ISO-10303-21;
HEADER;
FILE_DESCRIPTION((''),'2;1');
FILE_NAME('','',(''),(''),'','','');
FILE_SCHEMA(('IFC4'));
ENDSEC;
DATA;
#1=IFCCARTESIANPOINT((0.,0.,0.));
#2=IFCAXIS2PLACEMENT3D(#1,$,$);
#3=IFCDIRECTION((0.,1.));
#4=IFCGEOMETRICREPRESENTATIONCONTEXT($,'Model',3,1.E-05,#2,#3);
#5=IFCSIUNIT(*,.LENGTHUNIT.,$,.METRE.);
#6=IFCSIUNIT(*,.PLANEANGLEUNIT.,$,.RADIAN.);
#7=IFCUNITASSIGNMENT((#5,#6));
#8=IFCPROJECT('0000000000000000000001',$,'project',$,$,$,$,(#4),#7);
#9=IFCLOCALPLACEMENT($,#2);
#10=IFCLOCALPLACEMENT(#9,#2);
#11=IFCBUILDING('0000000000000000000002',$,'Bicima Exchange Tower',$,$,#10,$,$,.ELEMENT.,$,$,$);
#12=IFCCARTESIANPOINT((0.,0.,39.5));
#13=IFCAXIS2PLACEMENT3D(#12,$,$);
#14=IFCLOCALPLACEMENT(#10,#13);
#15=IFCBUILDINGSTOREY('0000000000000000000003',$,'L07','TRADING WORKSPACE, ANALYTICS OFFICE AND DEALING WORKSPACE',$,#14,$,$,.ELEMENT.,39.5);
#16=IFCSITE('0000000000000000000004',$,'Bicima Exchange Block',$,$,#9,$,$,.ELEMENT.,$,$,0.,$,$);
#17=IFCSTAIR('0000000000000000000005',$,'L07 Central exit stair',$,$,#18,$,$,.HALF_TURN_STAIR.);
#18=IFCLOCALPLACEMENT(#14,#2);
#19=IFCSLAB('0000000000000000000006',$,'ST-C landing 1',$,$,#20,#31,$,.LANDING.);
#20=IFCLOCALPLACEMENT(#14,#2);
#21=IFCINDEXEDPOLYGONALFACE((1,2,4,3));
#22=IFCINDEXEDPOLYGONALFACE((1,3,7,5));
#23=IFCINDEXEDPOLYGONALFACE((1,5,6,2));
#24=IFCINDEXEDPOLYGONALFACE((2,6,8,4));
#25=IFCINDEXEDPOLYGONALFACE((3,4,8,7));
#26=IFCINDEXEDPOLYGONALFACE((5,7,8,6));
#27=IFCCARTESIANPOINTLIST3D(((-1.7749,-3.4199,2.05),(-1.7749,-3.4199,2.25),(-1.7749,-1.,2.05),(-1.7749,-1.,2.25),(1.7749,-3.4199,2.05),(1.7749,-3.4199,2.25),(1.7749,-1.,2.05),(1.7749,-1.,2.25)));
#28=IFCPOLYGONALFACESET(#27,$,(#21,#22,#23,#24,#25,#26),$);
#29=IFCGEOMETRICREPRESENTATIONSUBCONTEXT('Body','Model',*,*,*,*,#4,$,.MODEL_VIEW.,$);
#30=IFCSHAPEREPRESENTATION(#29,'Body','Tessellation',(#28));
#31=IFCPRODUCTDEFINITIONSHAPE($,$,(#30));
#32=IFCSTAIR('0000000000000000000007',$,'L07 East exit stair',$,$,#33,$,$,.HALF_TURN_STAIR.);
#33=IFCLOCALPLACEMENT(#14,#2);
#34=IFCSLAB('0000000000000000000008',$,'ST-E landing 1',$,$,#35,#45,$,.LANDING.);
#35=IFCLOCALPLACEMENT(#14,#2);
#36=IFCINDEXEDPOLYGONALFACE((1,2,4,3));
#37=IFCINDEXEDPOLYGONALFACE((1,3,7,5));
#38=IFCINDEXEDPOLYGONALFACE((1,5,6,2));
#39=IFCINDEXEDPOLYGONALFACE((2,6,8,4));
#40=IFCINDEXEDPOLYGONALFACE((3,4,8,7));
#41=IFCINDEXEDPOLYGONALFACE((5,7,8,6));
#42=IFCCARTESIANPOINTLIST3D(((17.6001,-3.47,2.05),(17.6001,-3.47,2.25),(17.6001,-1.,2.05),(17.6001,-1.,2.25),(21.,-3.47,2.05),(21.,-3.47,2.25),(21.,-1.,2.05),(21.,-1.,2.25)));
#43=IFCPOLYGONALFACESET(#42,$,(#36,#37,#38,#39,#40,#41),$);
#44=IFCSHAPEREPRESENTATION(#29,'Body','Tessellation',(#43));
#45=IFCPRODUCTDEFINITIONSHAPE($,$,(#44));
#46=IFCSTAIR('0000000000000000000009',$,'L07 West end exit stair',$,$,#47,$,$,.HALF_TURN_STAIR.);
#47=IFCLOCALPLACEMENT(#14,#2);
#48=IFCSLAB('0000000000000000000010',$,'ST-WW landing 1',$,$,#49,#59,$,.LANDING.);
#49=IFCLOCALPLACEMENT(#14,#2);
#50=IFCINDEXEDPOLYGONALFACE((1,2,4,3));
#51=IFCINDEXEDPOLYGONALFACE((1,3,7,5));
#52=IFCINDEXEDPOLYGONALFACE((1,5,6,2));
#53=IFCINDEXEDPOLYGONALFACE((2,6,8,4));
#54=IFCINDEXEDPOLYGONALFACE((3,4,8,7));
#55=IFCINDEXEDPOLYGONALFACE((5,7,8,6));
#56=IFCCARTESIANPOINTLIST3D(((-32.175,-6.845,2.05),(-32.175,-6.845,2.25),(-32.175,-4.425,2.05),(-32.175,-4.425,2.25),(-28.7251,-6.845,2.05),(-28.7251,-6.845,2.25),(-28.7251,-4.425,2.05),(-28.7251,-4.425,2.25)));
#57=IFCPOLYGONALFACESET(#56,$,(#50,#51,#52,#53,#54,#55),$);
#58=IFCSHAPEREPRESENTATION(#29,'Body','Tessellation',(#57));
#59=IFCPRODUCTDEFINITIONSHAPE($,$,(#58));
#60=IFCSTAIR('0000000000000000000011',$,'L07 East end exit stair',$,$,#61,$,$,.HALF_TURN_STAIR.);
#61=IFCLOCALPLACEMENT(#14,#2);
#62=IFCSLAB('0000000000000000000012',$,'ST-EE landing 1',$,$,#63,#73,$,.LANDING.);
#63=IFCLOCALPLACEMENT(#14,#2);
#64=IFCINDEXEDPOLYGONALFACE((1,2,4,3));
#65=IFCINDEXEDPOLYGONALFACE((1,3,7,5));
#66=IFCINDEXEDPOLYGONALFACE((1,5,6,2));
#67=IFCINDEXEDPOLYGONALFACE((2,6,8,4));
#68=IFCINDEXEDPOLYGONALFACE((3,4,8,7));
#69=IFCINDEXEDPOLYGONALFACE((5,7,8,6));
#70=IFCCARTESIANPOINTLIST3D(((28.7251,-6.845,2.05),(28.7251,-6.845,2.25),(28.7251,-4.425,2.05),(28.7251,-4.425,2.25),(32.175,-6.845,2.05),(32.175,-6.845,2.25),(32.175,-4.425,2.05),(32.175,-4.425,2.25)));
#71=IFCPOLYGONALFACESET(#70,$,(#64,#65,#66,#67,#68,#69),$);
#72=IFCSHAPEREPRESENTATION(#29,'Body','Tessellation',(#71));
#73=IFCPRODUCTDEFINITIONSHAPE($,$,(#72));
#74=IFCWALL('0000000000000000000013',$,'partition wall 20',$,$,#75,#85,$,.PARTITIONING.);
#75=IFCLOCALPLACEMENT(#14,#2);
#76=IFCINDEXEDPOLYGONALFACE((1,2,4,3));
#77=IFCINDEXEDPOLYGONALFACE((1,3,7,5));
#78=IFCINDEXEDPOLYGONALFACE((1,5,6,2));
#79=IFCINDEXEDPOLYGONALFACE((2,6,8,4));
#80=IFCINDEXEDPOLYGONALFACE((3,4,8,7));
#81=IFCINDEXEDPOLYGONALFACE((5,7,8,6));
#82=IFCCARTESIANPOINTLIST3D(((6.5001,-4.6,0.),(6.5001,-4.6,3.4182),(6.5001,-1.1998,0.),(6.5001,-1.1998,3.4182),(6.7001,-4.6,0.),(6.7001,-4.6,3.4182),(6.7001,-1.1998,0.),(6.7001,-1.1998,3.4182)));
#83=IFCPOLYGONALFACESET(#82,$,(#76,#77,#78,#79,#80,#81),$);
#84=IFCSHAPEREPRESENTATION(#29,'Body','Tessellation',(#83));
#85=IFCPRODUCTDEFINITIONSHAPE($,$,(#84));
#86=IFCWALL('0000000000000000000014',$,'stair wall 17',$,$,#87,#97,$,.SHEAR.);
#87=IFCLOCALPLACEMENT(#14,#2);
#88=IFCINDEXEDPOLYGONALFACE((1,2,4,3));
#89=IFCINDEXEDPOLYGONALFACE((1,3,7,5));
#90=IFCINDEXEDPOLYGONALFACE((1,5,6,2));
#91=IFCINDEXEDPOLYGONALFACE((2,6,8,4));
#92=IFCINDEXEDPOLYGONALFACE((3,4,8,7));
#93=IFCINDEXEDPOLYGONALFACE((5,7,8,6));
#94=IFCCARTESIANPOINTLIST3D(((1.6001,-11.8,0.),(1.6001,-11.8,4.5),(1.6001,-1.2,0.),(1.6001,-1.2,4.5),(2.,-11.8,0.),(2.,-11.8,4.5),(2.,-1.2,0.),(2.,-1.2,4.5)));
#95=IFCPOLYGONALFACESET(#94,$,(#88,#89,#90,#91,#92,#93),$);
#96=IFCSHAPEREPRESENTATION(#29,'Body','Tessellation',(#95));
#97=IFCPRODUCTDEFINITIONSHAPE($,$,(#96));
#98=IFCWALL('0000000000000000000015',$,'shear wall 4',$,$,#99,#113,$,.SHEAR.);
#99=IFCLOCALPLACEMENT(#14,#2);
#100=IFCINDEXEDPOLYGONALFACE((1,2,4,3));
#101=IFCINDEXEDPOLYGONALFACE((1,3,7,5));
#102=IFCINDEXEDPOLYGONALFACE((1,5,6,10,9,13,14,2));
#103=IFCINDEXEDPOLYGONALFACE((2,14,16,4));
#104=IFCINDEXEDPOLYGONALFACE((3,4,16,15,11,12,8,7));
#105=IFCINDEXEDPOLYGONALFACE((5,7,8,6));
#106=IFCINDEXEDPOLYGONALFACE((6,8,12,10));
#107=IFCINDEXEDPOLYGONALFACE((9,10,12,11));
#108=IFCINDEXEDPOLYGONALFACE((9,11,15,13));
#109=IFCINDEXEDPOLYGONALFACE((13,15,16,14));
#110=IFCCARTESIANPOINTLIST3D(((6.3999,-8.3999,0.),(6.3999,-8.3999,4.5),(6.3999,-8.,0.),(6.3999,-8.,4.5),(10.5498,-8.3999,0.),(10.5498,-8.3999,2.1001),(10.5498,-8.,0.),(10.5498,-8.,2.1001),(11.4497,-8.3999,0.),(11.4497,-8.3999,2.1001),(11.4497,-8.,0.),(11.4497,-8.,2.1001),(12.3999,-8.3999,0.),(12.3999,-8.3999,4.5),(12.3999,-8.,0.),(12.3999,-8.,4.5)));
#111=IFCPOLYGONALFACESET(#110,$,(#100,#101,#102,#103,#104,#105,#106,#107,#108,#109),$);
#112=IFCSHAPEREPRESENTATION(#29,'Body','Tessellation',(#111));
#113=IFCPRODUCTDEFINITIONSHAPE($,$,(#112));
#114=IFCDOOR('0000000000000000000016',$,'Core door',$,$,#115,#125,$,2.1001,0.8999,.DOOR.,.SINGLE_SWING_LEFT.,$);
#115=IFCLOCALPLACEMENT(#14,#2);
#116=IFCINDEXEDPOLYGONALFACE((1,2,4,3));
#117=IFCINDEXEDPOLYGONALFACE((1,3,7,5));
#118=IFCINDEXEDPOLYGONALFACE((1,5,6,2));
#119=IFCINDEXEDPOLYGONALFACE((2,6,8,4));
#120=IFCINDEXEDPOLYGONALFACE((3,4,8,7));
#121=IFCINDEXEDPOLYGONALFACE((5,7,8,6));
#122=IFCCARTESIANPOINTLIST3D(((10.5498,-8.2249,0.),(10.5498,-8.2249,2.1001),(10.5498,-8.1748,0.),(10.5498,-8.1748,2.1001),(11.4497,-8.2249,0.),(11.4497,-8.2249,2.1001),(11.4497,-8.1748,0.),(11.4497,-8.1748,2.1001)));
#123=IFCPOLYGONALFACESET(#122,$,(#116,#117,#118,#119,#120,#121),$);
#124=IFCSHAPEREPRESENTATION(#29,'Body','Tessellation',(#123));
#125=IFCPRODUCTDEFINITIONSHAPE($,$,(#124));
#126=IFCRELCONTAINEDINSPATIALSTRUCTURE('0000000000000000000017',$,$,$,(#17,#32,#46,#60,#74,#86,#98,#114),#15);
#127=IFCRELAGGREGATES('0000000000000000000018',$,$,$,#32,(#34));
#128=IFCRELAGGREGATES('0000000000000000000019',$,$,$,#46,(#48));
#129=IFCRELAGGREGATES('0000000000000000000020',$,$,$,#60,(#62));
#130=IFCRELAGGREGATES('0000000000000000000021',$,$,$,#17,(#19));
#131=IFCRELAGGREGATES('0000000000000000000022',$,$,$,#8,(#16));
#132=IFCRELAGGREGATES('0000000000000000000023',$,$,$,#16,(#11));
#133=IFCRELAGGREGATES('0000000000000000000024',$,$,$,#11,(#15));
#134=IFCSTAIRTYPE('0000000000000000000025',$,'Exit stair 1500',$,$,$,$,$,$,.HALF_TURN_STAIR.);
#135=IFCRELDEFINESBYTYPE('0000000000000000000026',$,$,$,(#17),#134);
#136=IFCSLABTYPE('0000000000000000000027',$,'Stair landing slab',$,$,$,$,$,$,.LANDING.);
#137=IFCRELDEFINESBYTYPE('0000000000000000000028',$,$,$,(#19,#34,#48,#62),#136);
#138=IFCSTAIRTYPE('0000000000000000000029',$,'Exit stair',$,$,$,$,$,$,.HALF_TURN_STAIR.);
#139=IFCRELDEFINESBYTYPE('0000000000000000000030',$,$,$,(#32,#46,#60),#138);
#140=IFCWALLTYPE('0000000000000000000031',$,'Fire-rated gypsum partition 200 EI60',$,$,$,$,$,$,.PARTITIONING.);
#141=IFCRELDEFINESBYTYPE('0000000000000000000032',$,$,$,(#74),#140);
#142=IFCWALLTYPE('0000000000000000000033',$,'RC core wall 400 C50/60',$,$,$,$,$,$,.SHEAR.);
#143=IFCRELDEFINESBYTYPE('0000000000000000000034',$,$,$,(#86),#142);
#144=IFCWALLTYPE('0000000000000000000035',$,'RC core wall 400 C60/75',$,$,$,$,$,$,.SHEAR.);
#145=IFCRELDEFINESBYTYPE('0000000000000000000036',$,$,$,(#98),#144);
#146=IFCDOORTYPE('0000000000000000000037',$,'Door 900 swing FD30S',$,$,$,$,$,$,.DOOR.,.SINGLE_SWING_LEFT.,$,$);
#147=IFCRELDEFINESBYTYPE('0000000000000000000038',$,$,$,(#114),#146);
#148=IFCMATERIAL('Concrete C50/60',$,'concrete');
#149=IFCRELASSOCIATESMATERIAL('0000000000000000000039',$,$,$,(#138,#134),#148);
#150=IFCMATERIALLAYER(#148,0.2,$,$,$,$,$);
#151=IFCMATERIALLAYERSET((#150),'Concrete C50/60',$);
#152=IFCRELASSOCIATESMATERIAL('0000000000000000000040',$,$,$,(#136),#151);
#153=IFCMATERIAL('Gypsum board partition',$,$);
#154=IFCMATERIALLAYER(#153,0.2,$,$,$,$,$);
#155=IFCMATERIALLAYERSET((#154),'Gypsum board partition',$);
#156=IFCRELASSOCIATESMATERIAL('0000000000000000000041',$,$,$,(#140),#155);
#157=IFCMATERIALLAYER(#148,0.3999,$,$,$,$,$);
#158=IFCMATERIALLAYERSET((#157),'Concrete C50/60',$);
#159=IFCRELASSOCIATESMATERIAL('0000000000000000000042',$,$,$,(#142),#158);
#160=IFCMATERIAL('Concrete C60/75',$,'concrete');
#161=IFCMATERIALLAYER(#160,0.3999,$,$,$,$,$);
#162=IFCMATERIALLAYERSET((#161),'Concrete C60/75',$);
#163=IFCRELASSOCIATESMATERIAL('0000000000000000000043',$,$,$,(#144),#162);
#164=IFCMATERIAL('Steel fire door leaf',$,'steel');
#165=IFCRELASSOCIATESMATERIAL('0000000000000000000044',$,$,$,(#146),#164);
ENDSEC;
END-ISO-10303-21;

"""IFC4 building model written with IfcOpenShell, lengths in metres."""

from ifc_helpers import new_model, si_unit, direction, frame, frame_2d, origin, place, context, subcontext, project, spatial, polyline, rectangle, outline, extrude, material, layer, layer_set, type_object, element, fill, aggregate, save


model = new_model("IFC4")

# Units and contexts
model_context = context("Model", 3, precision=1e-05, world=origin(), true_north=direction((0.0, 1.0)))
body_context = subcontext(model_context, "Body", "Model", "MODEL_VIEW")
ifc_project = project(units=[si_unit("LENGTHUNIT", "METRE"), si_unit("PLANEANGLEUNIT", "RADIAN")], contexts=[model_context])

# Site, building, storey
site_placement = place(None, origin())
site = spatial("IfcSite", under=ifc_project, at=site_placement, Name="Bicima Exchange Block", CompositionType="ELEMENT", RefElevation=0.0)
building_placement = place(site_placement, origin())
building = spatial("IfcBuilding", under=site, at=building_placement, Name="Bicima Exchange Tower", CompositionType="ELEMENT")
storey_placement = place(building_placement, frame((0.0, 0.0, 39.5)))
storey = spatial("IfcBuildingStorey", under=building, at=storey_placement, Name="L07", Description="TRADING WORKSPACE, ANALYTICS OFFICE AND DEALING WORKSPACE", CompositionType="ELEMENT", Elevation=39.5)

# Stairs, slabs
ifc_material_1 = material(Name="Concrete C50/60", Category="concrete")
stair_type_1 = type_object("IfcStairType", Name="Exit stair", PredefinedType="HALF_TURN_STAIR", material=ifc_material_1)
ifc_layer_1 = layer(ifc_material_1, 0.2)
ifc_layer_set_1 = layer_set([ifc_layer_1], Name="Concrete C50/60")
slab_type_1 = type_object("IfcSlabType", Name="Stair landing slab", PredefinedType="LANDING", material=ifc_layer_set_1)
stair_type_2 = type_object("IfcStairType", Name="Exit stair 1500", PredefinedType="HALF_TURN_STAIR", material=ifc_material_1)
stair_1_placement = place(storey_placement, origin())
stair_1 = element("IfcStair", 1, at=stair_1_placement, inside=storey, type_object=stair_type_2, Name="L07 Central exit stair", PredefinedType="HALF_TURN_STAIR")
slab_1_placement = place(storey_placement, frame((0.0, 0.0, 2.05)))
slab_1 = element("IfcSlab", 2, at=slab_1_placement, type_object=slab_type_1, Name="ST-C landing 1", PredefinedType="LANDING", context=body_context, shape_type="SweptSolid", body=[
    extrude(outline(polyline([(1.7749, -3.4199), (1.7749, -1.0), (-1.7749, -1.0), (-1.7749, -3.4199), (1.7749, -3.4199)])), origin(), (0.0, 0.0, 1.0), 0.2),
])
stair_2_placement = place(storey_placement, origin())
stair_2 = element("IfcStair", 3, at=stair_2_placement, inside=storey, type_object=stair_type_1, Name="L07 East exit stair", PredefinedType="HALF_TURN_STAIR")
slab_2_placement = place(storey_placement, frame((0.0, 0.0, 2.05)))
slab_2 = element("IfcSlab", 4, at=slab_2_placement, type_object=slab_type_1, Name="ST-E landing 1", PredefinedType="LANDING", context=body_context, shape_type="SweptSolid", body=[
    extrude(outline(polyline([(21.0, -3.47), (21.0, -1.0), (17.6001, -1.0), (17.6001, -3.47), (21.0, -3.47)])), origin(), (0.0, 0.0, 1.0), 0.2),
])
aggregate(stair_2, [slab_2])
stair_3_placement = place(storey_placement, origin())
stair_3 = element("IfcStair", 5, at=stair_3_placement, inside=storey, type_object=stair_type_1, Name="L07 West end exit stair", PredefinedType="HALF_TURN_STAIR")
slab_3_placement = place(storey_placement, frame((0.0, 0.0, 2.05)))
slab_3 = element("IfcSlab", 6, at=slab_3_placement, type_object=slab_type_1, Name="ST-WW landing 1", PredefinedType="LANDING", context=body_context, shape_type="SweptSolid", body=[
    extrude(outline(polyline([(-28.7251, -6.845), (-28.7251, -4.425), (-32.175, -4.425), (-32.175, -6.845), (-28.7251, -6.845)])), origin(), (0.0, 0.0, 1.0), 0.2),
])
aggregate(stair_3, [slab_3])
stair_4_placement = place(storey_placement, origin())
stair_4 = element("IfcStair", 7, at=stair_4_placement, inside=storey, type_object=stair_type_1, Name="L07 East end exit stair", PredefinedType="HALF_TURN_STAIR")
slab_4_placement = place(storey_placement, frame((0.0, 0.0, 2.05)))
slab_4 = element("IfcSlab", 8, at=slab_4_placement, type_object=slab_type_1, Name="ST-EE landing 1", PredefinedType="LANDING", context=body_context, shape_type="SweptSolid", body=[
    extrude(outline(polyline([(32.175, -6.845), (32.175, -4.425), (28.7251, -4.425), (28.7251, -6.845), (32.175, -6.845)])), origin(), (0.0, 0.0, 1.0), 0.2),
])
aggregate(stair_4, [slab_4])

# Walls
ifc_material_2 = material(Name="Gypsum board partition")
ifc_layer_2 = layer(ifc_material_2, 0.2)
ifc_layer_set_2 = layer_set([ifc_layer_2], Name="Gypsum board partition")
wall_type_1 = type_object("IfcWallType", Name="Fire-rated gypsum partition 200 EI60", PredefinedType="PARTITIONING", material=ifc_layer_set_2)
wall_1_placement = place(storey_placement, frame((6.6001, -4.6001, 0.0), z_axis=(0.0, 0.0, 1.0), x_axis=(0.0, 1.0, 0.0)))
element("IfcWall", 9, at=wall_1_placement, inside=storey, type_object=wall_type_1, Name="partition wall 20", PredefinedType="PARTITIONING", context=body_context, shape_type="SweptSolid", body=[
    extrude(rectangle(XDim=3.4001, YDim=0.2, at=frame_2d((1.7002, 0.0))), origin(), (0.0, 0.0, 1.0), 3.4182),
])
ifc_layer_3 = layer(ifc_material_1, 0.3999)
ifc_layer_set_3 = layer_set([ifc_layer_3], Name="Concrete C50/60")
wall_type_2 = type_object("IfcWallType", Name="RC core wall 400 C50/60", PredefinedType="SHEAR", material=ifc_layer_set_3)
wall_2_placement = place(storey_placement, frame((1.8, -11.8, 0.0), z_axis=(0.0, 0.0, 1.0), x_axis=(0.0, 1.0, 0.0)))
element("IfcWall", 10, at=wall_2_placement, inside=storey, type_object=wall_type_2, Name="stair wall 17", PredefinedType="SHEAR", context=body_context, shape_type="SweptSolid", body=[
    extrude(rectangle(XDim=10.6001, YDim=0.3999, at=frame_2d((5.3, 0.0))), origin(), (0.0, 0.0, 1.0), 4.5),
])

# Wall, opening, door
ifc_material_3 = material(Name="Concrete C60/75", Category="concrete")
ifc_layer_4 = layer(ifc_material_3, 0.3999)
ifc_layer_set_4 = layer_set([ifc_layer_4], Name="Concrete C60/75")
wall_type_3 = type_object("IfcWallType", Name="RC core wall 400 C60/75", PredefinedType="SHEAR", material=ifc_layer_set_4)
wall_3_placement = place(storey_placement, frame((6.3999, -8.2, 0.0), z_axis=(0.0, 0.0, 1.0), x_axis=(1.0, 0.0, 0.0)))
wall_3 = element("IfcWall", 11, at=wall_3_placement, inside=storey, type_object=wall_type_3, Name="shear wall 4", PredefinedType="SHEAR", context=body_context, shape_type="SweptSolid", body=[
    extrude(rectangle(XDim=6.0, YDim=0.3999, at=frame_2d((3.0, 0.0))), origin(), (0.0, 0.0, 1.0), 4.5),
])
opening_1_placement = place(wall_3_placement, frame((4.1499, 0.0, 0.0)))
opening_1 = element("IfcOpeningElement", 12, at=opening_1_placement, cuts=wall_3, PredefinedType="OPENING", context=body_context, shape_type="SweptSolid", body=[
    extrude(rectangle(XDim=0.8999, YDim=2.1001, at=frame_2d((0.45, 1.05))), frame((0.0, 0.2119, 0.0), z_axis=(0.0, -1.0, 0.0), x_axis=(1.0, 0.0, 0.0)), (0.0, 0.0, 1.0), 0.4238),
])
ifc_material_4 = material(Name="Steel fire door leaf", Category="steel")
door_type_1 = type_object("IfcDoorType", Name="Door 900 swing FD30S", OperationType="SINGLE_SWING_LEFT", PredefinedType="DOOR", material=ifc_material_4)
door_1_placement = place(opening_1_placement, frame((0.8999, 0.0, 0.0), z_axis=(0.0, 0.0, 1.0), x_axis=(-1.0, 0.0, 0.0)))
door_1 = element("IfcDoor", 13, at=door_1_placement, inside=storey, type_object=door_type_1, Name="Core door", OperationType="SINGLE_SWING_LEFT", OverallHeight=2.1001, OverallWidth=0.8999, PredefinedType="DOOR", context=body_context, shape_type="SweptSolid", body=[
    extrude(rectangle(XDim=0.8999, YDim=2.1001, at=frame_2d((0.45, 1.05))), frame((0.0, 0.0249, 0.0), z_axis=(0.0, -1.0, 0.0), x_axis=(1.0, 0.0, 0.0)), (0.0, 0.0, 1.0), 0.05),
])
fill(opening_1, door_1)

aggregate(stair_1, [slab_1])

save(model, "model.ifc")
